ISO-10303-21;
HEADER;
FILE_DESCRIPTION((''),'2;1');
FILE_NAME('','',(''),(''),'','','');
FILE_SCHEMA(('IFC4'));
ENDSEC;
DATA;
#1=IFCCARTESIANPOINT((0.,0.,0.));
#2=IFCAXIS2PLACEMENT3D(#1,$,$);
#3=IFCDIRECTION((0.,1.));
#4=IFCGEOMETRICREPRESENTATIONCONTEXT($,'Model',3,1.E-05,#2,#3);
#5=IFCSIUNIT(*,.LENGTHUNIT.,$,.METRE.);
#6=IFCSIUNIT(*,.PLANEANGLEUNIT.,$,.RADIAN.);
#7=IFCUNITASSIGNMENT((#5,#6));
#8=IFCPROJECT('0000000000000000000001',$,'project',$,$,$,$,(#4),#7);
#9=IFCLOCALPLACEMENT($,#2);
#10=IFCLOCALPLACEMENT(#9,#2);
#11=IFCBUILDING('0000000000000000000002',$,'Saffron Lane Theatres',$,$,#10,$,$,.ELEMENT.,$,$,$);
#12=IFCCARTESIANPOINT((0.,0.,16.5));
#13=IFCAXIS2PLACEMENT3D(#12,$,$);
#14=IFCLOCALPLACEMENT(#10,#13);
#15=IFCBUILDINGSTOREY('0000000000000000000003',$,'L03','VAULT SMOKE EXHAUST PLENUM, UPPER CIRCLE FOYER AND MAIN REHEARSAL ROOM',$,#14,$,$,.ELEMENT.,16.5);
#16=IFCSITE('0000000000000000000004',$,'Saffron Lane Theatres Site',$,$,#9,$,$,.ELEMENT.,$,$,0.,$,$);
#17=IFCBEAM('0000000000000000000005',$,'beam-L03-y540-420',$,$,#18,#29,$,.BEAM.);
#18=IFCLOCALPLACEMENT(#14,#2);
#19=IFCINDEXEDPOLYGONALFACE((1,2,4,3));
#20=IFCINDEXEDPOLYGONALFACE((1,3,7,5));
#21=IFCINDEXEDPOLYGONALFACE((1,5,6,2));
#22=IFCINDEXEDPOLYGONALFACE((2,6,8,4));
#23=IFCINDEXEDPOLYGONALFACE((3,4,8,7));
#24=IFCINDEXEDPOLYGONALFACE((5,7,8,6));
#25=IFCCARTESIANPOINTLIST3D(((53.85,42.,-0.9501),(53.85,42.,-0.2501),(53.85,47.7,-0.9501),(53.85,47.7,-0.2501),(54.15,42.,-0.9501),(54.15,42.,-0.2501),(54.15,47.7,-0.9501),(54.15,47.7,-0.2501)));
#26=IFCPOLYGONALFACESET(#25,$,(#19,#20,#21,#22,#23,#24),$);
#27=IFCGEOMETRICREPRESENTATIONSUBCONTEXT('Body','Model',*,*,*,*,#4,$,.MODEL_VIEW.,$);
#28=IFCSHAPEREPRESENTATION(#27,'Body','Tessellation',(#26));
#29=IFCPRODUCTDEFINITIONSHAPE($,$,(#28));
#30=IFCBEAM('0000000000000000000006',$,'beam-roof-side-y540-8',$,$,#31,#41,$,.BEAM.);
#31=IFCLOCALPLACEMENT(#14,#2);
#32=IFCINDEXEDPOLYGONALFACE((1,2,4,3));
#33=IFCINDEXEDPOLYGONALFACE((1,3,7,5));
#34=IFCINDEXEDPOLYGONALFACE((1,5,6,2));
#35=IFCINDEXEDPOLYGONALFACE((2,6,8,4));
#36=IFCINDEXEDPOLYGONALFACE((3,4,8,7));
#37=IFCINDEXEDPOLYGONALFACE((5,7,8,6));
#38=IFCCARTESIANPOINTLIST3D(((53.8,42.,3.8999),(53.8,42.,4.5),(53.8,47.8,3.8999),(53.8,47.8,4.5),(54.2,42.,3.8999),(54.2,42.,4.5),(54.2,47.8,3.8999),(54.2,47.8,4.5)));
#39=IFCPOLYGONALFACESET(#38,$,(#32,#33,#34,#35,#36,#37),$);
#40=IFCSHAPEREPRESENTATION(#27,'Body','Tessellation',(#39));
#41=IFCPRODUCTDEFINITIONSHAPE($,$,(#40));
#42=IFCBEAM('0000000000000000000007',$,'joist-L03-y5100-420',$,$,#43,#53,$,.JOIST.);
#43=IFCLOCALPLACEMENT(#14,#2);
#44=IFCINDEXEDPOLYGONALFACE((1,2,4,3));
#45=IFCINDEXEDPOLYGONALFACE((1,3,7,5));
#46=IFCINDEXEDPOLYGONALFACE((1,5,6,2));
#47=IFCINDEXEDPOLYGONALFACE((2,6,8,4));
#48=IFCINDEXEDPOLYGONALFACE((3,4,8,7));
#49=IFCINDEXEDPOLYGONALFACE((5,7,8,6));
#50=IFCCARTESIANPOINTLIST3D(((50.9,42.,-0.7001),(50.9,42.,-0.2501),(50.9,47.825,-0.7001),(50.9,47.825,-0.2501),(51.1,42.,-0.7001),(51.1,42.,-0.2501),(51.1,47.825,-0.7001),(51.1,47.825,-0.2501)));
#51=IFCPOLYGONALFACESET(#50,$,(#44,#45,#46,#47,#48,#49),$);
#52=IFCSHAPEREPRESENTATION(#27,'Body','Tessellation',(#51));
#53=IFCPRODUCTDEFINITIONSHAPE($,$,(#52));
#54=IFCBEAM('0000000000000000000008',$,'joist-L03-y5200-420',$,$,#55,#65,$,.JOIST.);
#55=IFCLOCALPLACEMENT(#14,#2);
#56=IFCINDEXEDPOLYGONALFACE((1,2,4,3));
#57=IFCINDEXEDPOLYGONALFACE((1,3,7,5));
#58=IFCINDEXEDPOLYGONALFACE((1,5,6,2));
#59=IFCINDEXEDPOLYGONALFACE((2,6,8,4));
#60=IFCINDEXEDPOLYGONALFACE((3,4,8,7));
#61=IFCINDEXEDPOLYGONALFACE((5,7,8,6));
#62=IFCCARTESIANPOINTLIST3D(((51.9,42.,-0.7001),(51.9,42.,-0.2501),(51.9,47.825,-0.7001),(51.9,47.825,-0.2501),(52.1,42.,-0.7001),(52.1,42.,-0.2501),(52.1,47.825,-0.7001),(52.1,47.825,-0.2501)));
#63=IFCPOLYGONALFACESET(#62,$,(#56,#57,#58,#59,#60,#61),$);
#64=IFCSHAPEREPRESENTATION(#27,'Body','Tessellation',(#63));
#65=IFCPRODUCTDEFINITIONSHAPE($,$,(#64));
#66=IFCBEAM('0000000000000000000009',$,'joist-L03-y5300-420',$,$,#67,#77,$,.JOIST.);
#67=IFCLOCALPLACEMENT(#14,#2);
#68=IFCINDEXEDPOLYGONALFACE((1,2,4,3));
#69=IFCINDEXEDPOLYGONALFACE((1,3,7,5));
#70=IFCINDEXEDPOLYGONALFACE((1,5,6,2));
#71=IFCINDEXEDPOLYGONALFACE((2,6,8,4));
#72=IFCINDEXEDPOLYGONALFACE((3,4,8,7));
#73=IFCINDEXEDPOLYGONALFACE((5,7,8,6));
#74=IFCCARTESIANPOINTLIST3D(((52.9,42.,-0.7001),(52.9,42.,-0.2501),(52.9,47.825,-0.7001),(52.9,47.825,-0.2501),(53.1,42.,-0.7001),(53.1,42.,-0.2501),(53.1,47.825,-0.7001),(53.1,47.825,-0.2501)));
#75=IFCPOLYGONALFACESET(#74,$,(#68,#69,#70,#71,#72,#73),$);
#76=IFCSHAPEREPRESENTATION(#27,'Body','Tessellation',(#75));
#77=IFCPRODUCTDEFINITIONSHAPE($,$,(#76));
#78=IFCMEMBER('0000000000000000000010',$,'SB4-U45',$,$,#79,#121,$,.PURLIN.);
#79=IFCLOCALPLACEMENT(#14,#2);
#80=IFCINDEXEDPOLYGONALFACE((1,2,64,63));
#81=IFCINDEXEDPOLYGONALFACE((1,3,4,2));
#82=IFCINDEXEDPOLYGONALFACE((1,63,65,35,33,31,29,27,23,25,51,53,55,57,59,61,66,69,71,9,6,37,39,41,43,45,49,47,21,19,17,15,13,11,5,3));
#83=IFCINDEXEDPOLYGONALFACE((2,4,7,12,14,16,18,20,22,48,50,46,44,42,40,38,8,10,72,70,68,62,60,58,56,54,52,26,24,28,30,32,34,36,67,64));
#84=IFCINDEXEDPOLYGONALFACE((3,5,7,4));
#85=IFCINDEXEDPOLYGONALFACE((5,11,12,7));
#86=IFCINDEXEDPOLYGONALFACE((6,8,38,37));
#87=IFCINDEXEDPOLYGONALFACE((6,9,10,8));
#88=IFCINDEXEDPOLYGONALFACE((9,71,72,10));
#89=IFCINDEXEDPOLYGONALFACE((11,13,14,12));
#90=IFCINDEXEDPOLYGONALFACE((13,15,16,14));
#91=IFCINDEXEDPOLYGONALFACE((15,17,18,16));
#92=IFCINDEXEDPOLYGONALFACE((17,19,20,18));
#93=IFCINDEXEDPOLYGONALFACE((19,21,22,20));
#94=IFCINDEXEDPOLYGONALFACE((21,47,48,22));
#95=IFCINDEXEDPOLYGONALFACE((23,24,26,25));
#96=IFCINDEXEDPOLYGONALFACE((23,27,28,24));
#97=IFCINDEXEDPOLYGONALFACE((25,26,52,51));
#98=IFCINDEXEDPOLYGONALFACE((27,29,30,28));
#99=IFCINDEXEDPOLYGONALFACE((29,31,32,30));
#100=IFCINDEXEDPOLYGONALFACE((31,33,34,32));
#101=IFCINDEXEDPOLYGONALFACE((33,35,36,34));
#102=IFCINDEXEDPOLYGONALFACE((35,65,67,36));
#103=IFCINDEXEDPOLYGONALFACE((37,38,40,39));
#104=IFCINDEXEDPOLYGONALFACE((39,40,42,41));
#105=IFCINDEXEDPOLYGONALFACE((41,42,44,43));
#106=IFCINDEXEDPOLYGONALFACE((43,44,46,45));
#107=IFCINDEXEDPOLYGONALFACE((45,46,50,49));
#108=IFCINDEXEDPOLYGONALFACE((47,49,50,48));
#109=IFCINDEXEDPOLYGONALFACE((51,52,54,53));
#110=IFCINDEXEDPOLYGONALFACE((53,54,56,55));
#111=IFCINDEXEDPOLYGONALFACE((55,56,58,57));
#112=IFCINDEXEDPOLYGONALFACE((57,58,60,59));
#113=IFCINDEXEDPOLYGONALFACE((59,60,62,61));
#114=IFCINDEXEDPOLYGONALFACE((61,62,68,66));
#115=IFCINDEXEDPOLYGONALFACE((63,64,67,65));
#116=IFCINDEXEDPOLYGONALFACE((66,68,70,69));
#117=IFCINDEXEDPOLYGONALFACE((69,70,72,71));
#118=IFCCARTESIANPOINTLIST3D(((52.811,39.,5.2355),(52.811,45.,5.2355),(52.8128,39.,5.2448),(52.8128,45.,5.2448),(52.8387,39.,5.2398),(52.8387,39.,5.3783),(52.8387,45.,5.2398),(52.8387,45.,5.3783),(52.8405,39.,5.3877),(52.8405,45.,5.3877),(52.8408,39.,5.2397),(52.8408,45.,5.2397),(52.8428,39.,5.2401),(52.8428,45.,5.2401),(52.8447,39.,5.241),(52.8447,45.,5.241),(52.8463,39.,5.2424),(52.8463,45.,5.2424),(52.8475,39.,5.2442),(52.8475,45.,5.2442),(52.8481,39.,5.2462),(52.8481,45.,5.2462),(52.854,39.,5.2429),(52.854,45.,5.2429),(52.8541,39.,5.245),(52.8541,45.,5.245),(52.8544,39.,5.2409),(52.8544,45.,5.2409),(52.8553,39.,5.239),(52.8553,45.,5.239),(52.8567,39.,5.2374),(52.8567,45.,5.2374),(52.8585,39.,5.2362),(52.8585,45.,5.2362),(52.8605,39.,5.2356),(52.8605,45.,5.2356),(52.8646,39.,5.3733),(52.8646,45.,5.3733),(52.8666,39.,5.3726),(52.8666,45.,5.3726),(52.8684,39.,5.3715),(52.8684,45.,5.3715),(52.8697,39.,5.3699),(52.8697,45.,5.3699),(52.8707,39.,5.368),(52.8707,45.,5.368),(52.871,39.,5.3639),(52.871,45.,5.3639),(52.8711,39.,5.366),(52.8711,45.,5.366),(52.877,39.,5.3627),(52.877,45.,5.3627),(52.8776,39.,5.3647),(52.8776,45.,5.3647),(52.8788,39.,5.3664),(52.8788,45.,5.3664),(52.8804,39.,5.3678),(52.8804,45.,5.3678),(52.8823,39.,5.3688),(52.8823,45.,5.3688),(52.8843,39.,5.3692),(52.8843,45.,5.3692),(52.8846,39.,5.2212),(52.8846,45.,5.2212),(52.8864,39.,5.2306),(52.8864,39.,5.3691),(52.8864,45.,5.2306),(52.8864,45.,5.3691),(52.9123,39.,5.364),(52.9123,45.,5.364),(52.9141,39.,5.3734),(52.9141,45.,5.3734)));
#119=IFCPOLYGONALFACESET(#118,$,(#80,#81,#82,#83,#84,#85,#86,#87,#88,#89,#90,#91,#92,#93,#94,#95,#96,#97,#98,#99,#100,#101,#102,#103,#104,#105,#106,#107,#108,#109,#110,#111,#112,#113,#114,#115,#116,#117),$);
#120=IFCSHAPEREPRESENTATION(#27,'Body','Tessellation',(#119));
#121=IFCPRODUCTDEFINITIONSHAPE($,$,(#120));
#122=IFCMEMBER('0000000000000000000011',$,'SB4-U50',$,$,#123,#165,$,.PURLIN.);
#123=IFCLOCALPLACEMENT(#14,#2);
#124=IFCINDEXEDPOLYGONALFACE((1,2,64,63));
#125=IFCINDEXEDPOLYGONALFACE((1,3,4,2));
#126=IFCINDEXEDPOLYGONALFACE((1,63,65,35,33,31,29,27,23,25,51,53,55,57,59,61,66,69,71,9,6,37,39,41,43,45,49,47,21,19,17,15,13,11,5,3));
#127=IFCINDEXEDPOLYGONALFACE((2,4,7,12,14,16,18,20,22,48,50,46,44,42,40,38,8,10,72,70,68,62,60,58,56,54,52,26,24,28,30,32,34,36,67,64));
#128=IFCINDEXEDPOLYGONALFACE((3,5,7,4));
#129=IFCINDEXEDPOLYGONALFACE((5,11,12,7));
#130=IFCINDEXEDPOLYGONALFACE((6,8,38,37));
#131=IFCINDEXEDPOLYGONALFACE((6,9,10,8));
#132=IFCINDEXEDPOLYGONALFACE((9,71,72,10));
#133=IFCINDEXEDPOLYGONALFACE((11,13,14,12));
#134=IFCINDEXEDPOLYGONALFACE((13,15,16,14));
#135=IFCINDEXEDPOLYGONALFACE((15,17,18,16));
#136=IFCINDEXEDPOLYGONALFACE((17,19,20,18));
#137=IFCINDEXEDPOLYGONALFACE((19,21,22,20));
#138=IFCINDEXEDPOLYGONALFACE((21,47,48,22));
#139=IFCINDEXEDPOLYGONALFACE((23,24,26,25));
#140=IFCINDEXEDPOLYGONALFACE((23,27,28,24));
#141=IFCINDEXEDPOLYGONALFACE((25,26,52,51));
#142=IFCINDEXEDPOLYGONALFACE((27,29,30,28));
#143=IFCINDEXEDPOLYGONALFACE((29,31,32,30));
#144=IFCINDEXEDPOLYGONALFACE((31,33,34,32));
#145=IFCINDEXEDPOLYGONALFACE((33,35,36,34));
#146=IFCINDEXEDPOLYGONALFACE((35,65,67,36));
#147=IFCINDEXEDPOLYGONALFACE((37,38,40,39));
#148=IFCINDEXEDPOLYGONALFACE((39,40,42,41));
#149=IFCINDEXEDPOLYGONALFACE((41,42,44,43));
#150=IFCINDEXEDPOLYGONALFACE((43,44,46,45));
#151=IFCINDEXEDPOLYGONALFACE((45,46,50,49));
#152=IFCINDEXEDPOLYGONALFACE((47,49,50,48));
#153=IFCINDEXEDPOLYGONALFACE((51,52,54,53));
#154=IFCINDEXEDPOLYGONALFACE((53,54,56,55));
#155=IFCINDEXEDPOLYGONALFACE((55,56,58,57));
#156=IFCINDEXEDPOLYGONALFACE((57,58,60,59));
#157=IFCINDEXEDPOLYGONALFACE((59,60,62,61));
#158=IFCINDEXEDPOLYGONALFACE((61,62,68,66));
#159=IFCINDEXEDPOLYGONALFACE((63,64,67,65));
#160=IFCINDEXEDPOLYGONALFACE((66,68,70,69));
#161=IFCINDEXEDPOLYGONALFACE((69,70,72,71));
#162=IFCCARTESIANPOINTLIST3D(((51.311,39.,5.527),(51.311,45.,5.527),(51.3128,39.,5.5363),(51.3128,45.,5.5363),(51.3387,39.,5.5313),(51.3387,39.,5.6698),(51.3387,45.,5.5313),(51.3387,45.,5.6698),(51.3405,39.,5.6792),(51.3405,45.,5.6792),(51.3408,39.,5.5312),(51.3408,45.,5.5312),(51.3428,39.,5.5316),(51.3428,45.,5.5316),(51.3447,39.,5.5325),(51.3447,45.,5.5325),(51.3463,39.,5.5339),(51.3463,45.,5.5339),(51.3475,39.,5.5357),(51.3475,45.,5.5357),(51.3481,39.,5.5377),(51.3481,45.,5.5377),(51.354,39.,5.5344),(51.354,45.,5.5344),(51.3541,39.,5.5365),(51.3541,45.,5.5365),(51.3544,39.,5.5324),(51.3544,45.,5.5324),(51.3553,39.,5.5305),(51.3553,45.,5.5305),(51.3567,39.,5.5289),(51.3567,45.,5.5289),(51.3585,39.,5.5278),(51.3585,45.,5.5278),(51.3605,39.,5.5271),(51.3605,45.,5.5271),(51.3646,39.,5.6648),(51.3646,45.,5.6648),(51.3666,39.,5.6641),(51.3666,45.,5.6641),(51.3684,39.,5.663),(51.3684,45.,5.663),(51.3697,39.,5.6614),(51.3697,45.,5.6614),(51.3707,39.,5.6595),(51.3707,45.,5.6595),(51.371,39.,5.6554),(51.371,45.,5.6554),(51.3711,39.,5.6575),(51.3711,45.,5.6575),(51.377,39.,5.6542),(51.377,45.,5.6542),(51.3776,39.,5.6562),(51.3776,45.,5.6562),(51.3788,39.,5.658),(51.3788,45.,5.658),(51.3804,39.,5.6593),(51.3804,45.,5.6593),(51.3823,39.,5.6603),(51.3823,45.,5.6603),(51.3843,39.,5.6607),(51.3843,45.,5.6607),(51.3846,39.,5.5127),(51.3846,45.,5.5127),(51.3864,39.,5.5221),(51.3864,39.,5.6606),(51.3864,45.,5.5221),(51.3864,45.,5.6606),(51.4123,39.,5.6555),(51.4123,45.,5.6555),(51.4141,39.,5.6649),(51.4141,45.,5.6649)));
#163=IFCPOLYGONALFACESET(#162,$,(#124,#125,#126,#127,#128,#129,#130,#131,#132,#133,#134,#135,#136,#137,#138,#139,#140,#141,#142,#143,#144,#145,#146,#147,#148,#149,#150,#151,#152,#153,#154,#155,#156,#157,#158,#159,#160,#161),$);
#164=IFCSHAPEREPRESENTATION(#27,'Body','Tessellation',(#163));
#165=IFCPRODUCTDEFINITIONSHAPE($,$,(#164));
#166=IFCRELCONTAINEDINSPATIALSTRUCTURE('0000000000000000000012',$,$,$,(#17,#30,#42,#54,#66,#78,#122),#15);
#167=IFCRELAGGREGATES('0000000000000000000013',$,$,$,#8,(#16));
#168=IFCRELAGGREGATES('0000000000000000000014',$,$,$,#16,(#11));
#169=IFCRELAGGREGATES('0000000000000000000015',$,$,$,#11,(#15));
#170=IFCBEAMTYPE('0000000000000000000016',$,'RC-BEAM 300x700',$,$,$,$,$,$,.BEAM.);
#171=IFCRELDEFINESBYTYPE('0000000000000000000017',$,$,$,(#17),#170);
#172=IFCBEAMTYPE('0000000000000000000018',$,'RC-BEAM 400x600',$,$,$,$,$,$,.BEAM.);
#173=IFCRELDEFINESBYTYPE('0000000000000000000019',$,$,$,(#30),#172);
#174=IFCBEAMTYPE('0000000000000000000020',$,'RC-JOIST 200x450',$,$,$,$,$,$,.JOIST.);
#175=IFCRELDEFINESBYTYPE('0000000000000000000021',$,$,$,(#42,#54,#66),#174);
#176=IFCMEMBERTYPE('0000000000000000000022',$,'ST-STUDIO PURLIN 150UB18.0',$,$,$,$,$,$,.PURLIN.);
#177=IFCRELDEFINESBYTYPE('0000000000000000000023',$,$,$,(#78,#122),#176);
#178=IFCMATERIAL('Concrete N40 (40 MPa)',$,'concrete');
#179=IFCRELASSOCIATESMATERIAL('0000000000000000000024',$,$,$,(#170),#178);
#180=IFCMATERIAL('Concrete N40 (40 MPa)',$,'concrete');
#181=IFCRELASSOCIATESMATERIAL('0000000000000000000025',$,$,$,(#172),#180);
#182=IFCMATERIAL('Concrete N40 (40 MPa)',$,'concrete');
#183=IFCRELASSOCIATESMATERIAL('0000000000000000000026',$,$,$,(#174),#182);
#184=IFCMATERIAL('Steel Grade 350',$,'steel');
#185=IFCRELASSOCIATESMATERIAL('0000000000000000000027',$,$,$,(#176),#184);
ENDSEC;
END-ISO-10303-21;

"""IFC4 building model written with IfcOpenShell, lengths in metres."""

from ifc_helpers import new_model, si_unit, direction, frame, origin, origin_2d, place, context, subcontext, project, spatial, rectangle, i_section, extrude, material, material_profile, profile_set, type_object, element, save


model = new_model("IFC4")

# Units and contexts
model_context = context("Model", 3, precision=1e-05, world=origin(), true_north=direction((0.0, 1.0)))
body_context = subcontext(model_context, "Body", "Model", "MODEL_VIEW")
ifc_project = project(units=[si_unit("LENGTHUNIT", "METRE"), si_unit("PLANEANGLEUNIT", "RADIAN")], contexts=[model_context])

# Site, building, storey
site_placement = place(None, origin())
site = spatial("IfcSite", under=ifc_project, at=site_placement, Name="Saffron Lane Theatres Site", CompositionType="ELEMENT", RefElevation=0.0)
building_placement = place(site_placement, origin())
building = spatial("IfcBuilding", under=site, at=building_placement, Name="Saffron Lane Theatres", CompositionType="ELEMENT")
storey_placement = place(building_placement, frame((0.0, 0.0, 16.5)))
storey = spatial("IfcBuildingStorey", under=building, at=storey_placement, Name="L03", Description="VAULT SMOKE EXHAUST PLENUM, UPPER CIRCLE FOYER AND MAIN REHEARSAL ROOM", CompositionType="ELEMENT", Elevation=16.5)

# Beams
ifc_material_1 = material(Name="Concrete N40 (40 MPa)", Category="concrete")
ifc_material_profile_1 = material_profile(ifc_material_1, rectangle(XDim=0.3, YDim=0.7, at=origin_2d()))
ifc_profile_set_1 = profile_set([ifc_material_profile_1], Name="Concrete N40 (40 MPa)")
beam_type_1 = type_object("IfcBeamType", Name="RC-BEAM 300x700", PredefinedType="BEAM", material=ifc_profile_set_1)
beam_1_placement = place(storey_placement, frame((54.0, 42.0, -0.6001), z_axis=(0.0, 1.0, 0.0), x_axis=(-1.0, 0.0, 0.0)))
element("IfcBeam", 1, at=beam_1_placement, inside=storey, type_object=beam_type_1, Name="beam-L03-y540-420", PredefinedType="BEAM", context=body_context, shape_type="SweptSolid", body=[
    extrude(rectangle(XDim=0.3, YDim=0.7, at=origin_2d()), origin(), (0.0, 0.0, 1.0), 5.7),
])
ifc_material_2 = material(Name="Concrete N40 (40 MPa)", Category="concrete")
ifc_material_profile_2 = material_profile(ifc_material_2, rectangle(XDim=0.3999, YDim=0.6001, at=origin_2d()))
ifc_profile_set_2 = profile_set([ifc_material_profile_2], Name="Concrete N40 (40 MPa)")
beam_type_2 = type_object("IfcBeamType", Name="RC-BEAM 400x600", PredefinedType="BEAM", material=ifc_profile_set_2)
beam_2_placement = place(storey_placement, frame((54.0, 42.0, 4.2), z_axis=(0.0, 1.0, 0.0), x_axis=(-1.0, 0.0, 0.0)))
element("IfcBeam", 2, at=beam_2_placement, inside=storey, type_object=beam_type_2, Name="beam-roof-side-y540-8", PredefinedType="BEAM", context=body_context, shape_type="SweptSolid", body=[
    extrude(rectangle(XDim=0.3999, YDim=0.6001, at=origin_2d()), origin(), (0.0, 0.0, 1.0), 5.8),
])
ifc_material_3 = material(Name="Concrete N40 (40 MPa)", Category="concrete")
ifc_material_profile_3 = material_profile(ifc_material_3, rectangle(XDim=0.2, YDim=0.45, at=origin_2d()))
ifc_profile_set_3 = profile_set([ifc_material_profile_3], Name="Concrete N40 (40 MPa)")
beam_type_3 = type_object("IfcBeamType", Name="RC-JOIST 200x450", PredefinedType="JOIST", material=ifc_profile_set_3)
for number, where, z_axis, x_axis, name in (
    (3, (51.0, 42.0, -0.4751), (0.0, 1.0, 0.0), (-1.0, 0.0, 0.0), "joist-L03-y5100-420"),
    (4, (52.0, 42.0, -0.4751), (0.0, 1.0, 0.0), (-1.0, 0.0, 0.0), "joist-L03-y5200-420"),
    (5, (53.0, 42.0, -0.4751), (0.0, 1.0, 0.0), (-1.0, 0.0, 0.0), "joist-L03-y5300-420"),
):
    element("IfcBeam", number, at=place(storey_placement, frame(where, z_axis=z_axis, x_axis=x_axis)), inside=storey, type_object=beam_type_3, Name=name, PredefinedType="JOIST", context=body_context, shape_type="SweptSolid", body=[
        extrude(rectangle(XDim=0.2, YDim=0.45, at=origin_2d()), origin(), (0.0, 0.0, 1.0), 5.825),
    ])

# Members
ifc_material_4 = material(Name="Steel Grade 350", Category="steel")
ifc_material_profile_4 = material_profile(ifc_material_4, i_section(OverallWidth=0.075, OverallDepth=0.155, WebThickness=0.0061, FlangeThickness=0.0095, FilletRadius=0.0081, at=origin_2d()))
ifc_profile_set_4 = profile_set([ifc_material_profile_4], Name="Steel Grade 350")
member_type_1 = type_object("IfcMemberType", Name="ST-STUDIO PURLIN 150UB18.0", PredefinedType="PURLIN", material=ifc_profile_set_4)
for number, where, z_axis, x_axis, name in (
    (6, (52.8625, 39.0, 5.3044), (0.0, 1.0, 0.0), (-0.981661, 0.0, 0.190637), "SB4-U45"),
    (7, (51.3625, 39.0, 5.5959), (0.0, 1.0, 0.0), (-0.981661, 0.0, 0.190637), "SB4-U50"),
):
    element("IfcMember", number, at=place(storey_placement, frame(where, z_axis=z_axis, x_axis=x_axis)), inside=storey, type_object=member_type_1, Name=name, PredefinedType="PURLIN", context=body_context, shape_type="SweptSolid", body=[
        extrude(i_section(OverallWidth=0.075, OverallDepth=0.155, WebThickness=0.0061, FlangeThickness=0.0095, FilletRadius=0.0081, at=origin_2d()), origin(), (0.0, 0.0, 1.0), 6.0),
    ])

save(model, "model.ifc")
